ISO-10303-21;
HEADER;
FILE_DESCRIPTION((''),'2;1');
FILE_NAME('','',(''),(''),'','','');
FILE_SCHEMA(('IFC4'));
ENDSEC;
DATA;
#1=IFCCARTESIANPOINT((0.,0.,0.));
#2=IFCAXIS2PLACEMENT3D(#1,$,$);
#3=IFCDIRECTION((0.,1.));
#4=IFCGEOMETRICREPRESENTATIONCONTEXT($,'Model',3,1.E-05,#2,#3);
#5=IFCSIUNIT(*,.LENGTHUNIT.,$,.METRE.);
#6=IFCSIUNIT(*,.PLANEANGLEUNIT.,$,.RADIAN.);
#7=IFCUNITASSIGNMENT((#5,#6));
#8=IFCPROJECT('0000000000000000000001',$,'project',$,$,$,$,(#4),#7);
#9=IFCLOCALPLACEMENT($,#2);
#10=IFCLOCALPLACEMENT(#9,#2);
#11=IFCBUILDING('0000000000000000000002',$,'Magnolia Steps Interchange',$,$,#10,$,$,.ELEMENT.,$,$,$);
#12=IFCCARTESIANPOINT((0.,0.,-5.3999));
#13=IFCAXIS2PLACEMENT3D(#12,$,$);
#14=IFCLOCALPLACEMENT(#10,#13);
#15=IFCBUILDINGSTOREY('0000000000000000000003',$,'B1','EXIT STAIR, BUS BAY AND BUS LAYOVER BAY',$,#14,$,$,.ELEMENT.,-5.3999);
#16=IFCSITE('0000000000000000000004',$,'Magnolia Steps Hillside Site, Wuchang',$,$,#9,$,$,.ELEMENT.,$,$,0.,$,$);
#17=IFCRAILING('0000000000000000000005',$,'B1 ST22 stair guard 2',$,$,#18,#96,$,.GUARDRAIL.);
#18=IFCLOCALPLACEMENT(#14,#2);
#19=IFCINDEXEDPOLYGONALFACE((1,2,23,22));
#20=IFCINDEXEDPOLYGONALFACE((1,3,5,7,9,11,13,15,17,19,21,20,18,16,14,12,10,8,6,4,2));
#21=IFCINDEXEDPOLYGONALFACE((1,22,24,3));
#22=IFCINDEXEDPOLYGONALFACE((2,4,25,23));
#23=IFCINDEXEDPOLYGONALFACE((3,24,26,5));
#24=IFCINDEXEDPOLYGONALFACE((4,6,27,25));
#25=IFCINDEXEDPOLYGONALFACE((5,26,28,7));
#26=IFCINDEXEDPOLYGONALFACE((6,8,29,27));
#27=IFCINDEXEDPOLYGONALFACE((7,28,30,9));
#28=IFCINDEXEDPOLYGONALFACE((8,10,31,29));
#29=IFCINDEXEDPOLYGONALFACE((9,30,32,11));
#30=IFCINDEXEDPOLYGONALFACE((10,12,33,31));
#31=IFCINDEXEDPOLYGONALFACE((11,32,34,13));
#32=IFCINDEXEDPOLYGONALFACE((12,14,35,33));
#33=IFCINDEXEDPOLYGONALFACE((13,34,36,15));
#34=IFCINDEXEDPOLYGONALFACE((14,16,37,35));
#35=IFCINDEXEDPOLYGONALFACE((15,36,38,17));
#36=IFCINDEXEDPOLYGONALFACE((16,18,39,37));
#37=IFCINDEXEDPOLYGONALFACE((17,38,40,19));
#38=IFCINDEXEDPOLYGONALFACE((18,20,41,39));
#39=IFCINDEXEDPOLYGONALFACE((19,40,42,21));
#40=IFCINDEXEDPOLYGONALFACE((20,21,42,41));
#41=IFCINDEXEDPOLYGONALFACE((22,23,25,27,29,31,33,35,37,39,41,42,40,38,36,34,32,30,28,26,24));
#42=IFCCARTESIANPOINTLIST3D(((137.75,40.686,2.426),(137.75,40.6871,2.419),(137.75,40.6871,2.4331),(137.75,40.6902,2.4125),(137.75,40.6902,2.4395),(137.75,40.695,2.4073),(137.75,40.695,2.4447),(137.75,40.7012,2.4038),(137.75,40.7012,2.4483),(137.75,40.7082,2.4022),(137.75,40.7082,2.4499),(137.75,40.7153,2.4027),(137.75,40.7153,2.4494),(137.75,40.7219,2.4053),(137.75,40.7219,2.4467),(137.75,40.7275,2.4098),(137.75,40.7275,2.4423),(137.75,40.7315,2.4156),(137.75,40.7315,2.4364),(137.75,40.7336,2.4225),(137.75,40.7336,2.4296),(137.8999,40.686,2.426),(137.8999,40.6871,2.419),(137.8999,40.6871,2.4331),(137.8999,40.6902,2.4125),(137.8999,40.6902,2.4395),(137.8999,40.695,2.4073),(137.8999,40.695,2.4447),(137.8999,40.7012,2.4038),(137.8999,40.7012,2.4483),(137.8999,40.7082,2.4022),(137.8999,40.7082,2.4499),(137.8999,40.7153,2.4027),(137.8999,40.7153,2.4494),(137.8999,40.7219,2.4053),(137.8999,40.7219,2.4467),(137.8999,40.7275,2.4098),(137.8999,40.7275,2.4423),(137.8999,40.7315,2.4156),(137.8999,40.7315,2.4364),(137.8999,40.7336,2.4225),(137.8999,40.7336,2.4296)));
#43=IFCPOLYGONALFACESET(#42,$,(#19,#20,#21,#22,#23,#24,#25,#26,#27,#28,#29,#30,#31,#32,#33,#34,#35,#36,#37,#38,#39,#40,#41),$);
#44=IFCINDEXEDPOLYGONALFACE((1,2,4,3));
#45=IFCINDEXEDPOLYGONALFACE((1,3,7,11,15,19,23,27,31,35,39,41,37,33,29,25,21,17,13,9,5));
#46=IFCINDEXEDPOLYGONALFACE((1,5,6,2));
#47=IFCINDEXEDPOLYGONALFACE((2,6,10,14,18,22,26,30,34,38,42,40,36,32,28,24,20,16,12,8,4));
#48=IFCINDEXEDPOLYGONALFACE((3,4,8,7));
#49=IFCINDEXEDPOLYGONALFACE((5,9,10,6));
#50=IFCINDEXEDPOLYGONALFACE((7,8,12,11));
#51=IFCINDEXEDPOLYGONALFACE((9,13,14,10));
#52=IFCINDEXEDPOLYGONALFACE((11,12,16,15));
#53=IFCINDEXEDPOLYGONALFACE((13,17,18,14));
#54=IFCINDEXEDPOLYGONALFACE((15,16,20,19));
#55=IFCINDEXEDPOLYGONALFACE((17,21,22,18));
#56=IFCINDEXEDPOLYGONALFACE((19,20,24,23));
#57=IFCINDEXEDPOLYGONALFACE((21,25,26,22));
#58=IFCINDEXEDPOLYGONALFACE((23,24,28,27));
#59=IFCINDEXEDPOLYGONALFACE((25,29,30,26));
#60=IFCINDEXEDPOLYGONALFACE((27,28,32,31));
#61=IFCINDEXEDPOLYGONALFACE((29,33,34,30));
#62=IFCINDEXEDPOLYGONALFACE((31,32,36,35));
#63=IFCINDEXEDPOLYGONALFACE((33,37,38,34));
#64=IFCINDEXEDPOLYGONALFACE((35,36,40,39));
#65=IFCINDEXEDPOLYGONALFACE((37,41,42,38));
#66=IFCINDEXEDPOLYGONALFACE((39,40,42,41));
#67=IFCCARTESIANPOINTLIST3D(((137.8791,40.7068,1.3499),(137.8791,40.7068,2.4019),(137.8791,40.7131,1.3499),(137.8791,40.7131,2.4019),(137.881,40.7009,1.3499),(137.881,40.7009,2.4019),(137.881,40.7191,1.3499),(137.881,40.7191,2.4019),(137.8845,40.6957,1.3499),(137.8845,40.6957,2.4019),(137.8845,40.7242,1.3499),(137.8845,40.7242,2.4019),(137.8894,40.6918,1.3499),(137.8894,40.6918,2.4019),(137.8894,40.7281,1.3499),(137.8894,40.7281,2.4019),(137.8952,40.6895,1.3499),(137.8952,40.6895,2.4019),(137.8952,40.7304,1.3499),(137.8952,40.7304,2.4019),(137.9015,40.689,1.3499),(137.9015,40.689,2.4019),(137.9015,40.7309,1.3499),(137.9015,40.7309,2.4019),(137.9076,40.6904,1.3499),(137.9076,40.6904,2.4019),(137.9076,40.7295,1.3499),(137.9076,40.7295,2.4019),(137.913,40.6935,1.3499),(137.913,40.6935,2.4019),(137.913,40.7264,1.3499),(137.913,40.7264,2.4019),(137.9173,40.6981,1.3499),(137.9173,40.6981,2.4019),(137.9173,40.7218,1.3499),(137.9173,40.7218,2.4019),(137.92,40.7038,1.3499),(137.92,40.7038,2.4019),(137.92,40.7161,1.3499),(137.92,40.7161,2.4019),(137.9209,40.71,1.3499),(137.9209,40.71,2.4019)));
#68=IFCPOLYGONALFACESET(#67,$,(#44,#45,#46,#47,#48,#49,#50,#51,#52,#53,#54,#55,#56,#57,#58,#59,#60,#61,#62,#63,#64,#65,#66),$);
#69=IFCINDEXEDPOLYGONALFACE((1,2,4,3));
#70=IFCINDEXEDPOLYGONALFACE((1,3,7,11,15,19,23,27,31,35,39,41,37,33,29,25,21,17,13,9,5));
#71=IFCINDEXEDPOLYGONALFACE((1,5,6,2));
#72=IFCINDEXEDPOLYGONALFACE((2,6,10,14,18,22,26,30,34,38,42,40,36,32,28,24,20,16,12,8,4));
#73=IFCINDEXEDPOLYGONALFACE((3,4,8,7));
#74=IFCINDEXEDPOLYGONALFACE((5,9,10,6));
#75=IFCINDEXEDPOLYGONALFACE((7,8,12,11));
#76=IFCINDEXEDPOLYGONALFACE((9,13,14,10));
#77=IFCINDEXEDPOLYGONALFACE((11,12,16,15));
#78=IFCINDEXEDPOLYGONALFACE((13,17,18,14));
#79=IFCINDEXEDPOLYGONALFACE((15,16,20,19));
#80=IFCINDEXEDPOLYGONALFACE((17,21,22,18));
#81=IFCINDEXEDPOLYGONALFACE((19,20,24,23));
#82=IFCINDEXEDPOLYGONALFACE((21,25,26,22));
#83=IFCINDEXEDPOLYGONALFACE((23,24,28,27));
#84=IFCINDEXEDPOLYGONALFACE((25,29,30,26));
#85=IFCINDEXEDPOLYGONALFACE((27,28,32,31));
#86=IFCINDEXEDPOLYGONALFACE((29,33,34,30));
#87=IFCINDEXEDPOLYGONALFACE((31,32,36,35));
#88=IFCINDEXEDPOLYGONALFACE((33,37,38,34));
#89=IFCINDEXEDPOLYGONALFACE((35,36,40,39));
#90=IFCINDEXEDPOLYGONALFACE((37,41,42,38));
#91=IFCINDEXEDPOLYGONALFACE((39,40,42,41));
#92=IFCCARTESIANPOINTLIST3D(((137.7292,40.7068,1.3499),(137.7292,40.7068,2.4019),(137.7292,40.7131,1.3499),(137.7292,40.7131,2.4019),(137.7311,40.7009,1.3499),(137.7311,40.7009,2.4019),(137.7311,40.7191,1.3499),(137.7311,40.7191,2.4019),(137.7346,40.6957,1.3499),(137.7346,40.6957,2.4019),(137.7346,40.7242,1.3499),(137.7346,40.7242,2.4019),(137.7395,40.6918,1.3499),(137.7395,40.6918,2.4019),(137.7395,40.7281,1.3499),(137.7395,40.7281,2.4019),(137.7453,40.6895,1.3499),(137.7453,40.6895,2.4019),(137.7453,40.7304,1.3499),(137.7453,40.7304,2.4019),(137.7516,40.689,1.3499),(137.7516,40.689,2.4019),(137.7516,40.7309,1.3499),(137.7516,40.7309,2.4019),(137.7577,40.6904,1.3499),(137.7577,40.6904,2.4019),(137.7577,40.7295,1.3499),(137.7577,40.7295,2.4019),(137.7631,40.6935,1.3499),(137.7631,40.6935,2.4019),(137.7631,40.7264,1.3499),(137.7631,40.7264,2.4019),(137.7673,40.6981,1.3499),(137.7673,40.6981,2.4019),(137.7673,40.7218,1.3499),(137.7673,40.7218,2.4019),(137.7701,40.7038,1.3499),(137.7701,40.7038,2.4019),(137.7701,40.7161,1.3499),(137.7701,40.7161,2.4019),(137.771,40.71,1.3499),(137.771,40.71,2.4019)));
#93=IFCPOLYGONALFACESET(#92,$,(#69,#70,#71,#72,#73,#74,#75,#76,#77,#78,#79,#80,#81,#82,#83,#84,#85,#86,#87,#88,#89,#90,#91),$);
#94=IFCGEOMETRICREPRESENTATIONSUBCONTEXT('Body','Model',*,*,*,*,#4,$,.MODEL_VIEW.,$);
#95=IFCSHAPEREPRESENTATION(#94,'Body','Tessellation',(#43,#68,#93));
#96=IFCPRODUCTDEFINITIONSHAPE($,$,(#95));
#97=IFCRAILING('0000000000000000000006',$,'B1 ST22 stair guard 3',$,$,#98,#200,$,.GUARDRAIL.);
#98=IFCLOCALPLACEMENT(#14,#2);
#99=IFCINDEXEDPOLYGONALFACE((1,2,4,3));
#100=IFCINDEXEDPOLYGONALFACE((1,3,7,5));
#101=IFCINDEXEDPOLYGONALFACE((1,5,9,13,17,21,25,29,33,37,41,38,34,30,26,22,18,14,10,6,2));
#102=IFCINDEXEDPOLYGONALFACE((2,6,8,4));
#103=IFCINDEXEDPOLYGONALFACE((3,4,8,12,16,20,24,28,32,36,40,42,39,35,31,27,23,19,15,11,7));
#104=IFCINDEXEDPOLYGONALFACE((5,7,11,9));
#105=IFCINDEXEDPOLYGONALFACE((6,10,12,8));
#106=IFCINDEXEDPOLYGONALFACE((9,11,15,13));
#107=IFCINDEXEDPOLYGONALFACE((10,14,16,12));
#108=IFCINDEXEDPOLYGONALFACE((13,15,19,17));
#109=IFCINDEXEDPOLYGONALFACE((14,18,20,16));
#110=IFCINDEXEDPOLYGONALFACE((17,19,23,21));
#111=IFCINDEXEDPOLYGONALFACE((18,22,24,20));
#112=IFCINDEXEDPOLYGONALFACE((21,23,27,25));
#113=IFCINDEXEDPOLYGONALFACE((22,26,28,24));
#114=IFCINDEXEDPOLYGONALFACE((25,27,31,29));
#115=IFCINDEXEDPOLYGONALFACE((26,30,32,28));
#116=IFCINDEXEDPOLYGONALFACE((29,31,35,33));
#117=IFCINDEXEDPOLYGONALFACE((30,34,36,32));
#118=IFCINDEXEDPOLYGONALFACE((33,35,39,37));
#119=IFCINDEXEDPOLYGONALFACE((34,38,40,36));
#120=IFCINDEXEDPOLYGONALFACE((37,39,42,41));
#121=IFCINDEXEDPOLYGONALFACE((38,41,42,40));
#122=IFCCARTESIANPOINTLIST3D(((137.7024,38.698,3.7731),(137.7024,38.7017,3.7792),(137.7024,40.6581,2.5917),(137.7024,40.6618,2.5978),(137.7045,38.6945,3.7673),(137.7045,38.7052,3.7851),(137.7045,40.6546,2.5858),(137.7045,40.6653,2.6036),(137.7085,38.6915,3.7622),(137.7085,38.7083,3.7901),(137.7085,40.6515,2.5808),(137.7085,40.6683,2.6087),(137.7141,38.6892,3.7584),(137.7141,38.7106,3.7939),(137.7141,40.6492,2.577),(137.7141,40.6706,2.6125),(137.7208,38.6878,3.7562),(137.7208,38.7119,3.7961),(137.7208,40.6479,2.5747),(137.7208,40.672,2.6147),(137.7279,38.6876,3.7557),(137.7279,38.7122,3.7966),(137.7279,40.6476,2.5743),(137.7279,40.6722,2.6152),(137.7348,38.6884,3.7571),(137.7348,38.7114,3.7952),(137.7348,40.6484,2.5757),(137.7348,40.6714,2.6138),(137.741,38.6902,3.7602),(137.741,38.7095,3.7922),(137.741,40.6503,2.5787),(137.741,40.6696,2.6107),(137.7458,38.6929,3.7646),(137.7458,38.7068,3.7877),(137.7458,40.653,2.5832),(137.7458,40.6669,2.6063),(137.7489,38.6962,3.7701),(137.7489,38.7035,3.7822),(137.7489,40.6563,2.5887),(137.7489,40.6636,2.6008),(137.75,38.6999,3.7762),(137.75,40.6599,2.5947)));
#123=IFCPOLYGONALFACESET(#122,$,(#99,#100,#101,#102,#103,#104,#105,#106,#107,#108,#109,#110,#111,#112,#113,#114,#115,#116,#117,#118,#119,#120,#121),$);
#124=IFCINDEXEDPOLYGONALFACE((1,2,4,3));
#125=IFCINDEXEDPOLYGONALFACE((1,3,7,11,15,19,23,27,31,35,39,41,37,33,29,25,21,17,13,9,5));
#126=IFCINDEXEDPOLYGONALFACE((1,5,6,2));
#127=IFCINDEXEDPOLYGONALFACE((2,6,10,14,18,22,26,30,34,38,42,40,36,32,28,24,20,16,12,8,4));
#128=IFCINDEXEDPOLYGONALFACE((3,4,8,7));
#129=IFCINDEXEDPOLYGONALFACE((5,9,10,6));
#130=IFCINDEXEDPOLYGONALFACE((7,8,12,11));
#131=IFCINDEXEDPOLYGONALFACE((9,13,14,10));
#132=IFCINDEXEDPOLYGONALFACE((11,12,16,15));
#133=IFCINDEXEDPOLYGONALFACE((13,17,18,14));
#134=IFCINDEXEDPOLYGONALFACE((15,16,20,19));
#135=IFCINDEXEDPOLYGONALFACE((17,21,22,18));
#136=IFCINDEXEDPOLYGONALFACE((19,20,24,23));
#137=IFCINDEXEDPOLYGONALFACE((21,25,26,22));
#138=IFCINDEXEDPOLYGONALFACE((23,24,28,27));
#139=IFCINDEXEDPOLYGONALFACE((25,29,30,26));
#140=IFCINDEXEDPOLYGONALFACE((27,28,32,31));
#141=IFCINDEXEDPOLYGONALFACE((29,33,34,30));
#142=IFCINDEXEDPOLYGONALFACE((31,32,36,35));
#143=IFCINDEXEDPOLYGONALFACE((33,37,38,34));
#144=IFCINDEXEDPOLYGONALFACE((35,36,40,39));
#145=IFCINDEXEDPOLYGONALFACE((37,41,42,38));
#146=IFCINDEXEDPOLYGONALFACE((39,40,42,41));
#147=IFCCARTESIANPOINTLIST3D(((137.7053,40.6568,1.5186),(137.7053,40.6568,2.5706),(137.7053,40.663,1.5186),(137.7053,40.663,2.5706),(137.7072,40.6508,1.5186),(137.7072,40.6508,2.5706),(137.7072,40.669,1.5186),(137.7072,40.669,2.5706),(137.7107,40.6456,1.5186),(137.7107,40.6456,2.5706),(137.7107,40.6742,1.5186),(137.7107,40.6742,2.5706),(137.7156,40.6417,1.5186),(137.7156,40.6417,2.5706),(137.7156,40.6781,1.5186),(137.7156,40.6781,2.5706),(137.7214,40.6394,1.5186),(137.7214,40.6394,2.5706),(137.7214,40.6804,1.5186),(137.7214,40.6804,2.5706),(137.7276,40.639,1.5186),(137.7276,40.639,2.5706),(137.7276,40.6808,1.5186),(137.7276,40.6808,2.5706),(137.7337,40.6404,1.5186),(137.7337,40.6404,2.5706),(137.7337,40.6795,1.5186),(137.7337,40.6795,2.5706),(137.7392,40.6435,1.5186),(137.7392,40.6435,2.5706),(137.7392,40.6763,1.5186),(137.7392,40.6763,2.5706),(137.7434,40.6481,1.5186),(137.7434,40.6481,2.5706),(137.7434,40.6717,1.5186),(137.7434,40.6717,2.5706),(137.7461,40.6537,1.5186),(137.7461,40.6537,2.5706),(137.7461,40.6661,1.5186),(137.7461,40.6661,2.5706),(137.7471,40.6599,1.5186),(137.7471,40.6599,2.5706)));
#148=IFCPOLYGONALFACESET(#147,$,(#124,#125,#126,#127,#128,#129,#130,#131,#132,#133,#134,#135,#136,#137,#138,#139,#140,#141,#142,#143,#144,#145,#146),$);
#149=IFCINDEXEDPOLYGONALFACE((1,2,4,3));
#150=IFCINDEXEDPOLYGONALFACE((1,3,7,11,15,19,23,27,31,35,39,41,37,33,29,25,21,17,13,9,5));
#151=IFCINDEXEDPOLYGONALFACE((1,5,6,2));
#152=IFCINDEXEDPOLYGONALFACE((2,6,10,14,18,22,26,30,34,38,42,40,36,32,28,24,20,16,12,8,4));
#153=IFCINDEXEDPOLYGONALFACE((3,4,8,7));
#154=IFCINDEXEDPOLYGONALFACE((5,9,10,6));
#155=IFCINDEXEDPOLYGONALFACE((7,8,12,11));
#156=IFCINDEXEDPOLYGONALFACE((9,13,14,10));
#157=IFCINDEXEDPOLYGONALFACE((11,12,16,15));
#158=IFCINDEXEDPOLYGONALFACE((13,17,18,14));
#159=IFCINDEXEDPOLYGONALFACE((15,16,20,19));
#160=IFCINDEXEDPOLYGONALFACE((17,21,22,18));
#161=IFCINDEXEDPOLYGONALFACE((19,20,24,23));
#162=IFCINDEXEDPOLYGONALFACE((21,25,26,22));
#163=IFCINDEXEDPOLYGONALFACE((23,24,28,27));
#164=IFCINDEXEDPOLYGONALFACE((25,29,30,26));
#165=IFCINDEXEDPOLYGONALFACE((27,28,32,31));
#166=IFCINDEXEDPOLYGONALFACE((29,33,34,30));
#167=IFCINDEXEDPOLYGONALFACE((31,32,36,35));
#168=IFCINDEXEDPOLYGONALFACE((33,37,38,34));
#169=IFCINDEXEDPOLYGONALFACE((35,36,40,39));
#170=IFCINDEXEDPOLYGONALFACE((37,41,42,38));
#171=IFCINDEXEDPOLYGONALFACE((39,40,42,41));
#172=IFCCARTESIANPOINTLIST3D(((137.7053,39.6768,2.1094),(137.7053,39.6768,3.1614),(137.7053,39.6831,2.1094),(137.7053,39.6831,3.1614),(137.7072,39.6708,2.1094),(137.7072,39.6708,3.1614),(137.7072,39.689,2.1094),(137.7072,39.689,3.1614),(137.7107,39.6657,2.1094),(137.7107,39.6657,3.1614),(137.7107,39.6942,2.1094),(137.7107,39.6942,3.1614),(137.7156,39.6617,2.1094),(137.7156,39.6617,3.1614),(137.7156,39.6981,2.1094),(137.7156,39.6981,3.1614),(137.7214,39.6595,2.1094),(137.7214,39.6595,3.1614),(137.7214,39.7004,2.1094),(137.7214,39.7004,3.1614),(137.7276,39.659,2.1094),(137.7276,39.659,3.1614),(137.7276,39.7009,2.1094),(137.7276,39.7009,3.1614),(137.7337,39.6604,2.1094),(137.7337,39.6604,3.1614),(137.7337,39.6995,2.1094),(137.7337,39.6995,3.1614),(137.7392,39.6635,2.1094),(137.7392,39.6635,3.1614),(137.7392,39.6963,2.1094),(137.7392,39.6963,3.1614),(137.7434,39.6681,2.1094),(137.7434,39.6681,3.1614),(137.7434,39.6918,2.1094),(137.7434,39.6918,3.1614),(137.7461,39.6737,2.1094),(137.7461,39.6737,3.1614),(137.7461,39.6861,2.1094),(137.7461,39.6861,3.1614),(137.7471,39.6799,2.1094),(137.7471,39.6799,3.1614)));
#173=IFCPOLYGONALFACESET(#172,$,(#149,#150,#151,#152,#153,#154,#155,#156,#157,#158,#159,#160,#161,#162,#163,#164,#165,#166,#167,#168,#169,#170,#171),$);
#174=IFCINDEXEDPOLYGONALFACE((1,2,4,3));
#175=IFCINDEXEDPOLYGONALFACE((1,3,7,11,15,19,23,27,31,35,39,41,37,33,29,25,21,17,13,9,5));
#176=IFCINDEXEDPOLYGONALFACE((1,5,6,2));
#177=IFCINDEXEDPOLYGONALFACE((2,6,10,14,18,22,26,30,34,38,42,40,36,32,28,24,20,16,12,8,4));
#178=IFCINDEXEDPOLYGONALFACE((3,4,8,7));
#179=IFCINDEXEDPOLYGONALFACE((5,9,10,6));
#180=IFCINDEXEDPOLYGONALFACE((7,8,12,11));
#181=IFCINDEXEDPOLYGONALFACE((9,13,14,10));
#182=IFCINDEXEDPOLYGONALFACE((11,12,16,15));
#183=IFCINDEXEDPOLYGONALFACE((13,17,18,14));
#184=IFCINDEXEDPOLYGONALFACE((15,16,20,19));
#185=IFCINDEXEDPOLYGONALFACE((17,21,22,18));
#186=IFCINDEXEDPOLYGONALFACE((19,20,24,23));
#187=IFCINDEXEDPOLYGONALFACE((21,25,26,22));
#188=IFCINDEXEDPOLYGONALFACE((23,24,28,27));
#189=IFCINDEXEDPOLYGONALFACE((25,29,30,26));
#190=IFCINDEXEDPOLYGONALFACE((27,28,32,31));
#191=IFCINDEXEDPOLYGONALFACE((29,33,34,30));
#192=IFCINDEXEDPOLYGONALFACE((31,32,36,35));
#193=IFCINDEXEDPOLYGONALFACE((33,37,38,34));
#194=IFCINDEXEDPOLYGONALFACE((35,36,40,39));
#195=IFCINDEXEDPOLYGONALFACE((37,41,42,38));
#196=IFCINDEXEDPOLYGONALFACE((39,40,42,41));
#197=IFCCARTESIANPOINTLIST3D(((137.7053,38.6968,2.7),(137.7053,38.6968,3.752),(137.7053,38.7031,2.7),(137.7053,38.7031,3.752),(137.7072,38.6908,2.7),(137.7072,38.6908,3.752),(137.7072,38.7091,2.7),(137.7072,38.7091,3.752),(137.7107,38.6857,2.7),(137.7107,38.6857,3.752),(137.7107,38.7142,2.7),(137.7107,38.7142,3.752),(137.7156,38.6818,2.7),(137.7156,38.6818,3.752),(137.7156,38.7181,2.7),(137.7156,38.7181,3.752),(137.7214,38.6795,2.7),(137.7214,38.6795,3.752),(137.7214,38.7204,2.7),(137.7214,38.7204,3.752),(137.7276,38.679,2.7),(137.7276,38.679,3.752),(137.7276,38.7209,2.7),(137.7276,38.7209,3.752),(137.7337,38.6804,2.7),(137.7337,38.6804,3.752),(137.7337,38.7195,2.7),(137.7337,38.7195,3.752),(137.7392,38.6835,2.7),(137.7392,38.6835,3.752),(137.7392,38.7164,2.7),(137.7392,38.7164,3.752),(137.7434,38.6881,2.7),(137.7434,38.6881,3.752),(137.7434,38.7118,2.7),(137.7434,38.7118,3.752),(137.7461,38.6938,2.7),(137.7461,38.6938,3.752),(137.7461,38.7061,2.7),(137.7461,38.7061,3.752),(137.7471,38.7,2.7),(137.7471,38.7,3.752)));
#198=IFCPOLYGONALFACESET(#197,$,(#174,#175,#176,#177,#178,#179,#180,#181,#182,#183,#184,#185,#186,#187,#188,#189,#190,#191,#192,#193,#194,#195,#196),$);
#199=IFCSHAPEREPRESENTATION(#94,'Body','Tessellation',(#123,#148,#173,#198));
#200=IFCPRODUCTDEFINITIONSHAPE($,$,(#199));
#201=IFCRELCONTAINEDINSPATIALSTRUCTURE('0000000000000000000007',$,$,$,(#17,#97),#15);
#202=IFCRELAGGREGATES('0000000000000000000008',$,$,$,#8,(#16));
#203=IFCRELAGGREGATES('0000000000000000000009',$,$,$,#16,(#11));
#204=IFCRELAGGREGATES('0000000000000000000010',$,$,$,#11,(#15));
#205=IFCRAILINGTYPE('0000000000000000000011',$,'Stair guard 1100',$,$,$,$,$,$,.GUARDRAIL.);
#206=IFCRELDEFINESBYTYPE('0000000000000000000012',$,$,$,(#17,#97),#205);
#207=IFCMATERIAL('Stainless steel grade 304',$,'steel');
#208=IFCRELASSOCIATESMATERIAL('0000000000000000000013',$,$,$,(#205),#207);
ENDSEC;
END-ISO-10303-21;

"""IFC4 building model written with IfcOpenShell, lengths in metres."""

from ifc_helpers import new_model, si_unit, direction, frame, origin, origin_2d, place, context, subcontext, project, spatial, circle, extrude, material, type_object, element, save


model = new_model("IFC4")

# Units and contexts
model_context = context("Model", 3, precision=1e-05, world=origin(), true_north=direction((0.0, 1.0)))
body_context = subcontext(model_context, "Body", "Model", "MODEL_VIEW")
ifc_project = project(units=[si_unit("LENGTHUNIT", "METRE"), si_unit("PLANEANGLEUNIT", "RADIAN")], contexts=[model_context])

# Site, building, storey
site_placement = place(None, origin())
site = spatial("IfcSite", under=ifc_project, at=site_placement, Name="Magnolia Steps Hillside Site, Wuchang", CompositionType="ELEMENT", RefElevation=0.0)
building_placement = place(site_placement, origin())
building = spatial("IfcBuilding", under=site, at=building_placement, Name="Magnolia Steps Interchange", CompositionType="ELEMENT")
storey_placement = place(building_placement, frame((0.0, 0.0, -5.3999)))
storey = spatial("IfcBuildingStorey", under=building, at=storey_placement, Name="B1", Description="EXIT STAIR, BUS BAY AND BUS LAYOVER BAY", CompositionType="ELEMENT", Elevation=-5.3999)

# Railings
ifc_material_1 = material(Name="Stainless steel grade 304", Category="steel")
railing_type_1 = type_object("IfcRailingType", Name="Stair guard 1100", PredefinedType="GUARDRAIL", material=ifc_material_1)
railing_1_placement = place(storey_placement, frame((137.8999, 40.71, 1.3499)))
element("IfcRailing", 1, at=railing_1_placement, inside=storey, type_object=railing_type_1, Name="B1 ST22 stair guard 2", PredefinedType="GUARDRAIL", context=body_context, shape_type="SweptSolid", body=[
    extrude(circle(Radius=0.0239, at=origin_2d()), frame((0.0, 0.0, 1.0762), z_axis=(-1.0, 0.0, 0.0), x_axis=(0.0, -1.0, 0.0)), (0.0, 0.0, 1.0), 0.1499),
    extrude(circle(Radius=0.021, at=origin_2d()), origin(), (0.0, 0.0, 1.0), 1.052),
    extrude(circle(Radius=0.021, at=origin_2d()), frame((-0.1499, 0.0, 0.0)), (0.0, 0.0, 1.0), 1.052),
])
railing_2_placement = place(storey_placement, frame((137.7261, 40.6599, 1.5186)))
element("IfcRailing", 2, at=railing_2_placement, inside=storey, type_object=railing_type_1, Name="B1 ST22 stair guard 3", PredefinedType="GUARDRAIL", context=body_context, shape_type="SweptSolid", body=[
    extrude(circle(Radius=0.0239, at=origin_2d()), frame((0.0, 0.0, 1.0762), z_axis=(0.0, -0.856446, 0.516236), x_axis=(1.0, 0.0, 0.0)), (0.0, 0.0, 1.0), 2.2886),
    extrude(circle(Radius=0.021, at=origin_2d()), origin(), (0.0, 0.0, 1.0), 1.052),
    extrude(circle(Radius=0.021, at=origin_2d()), frame((0.0, -0.98, 0.5908)), (0.0, 0.0, 1.0), 1.052),
    extrude(circle(Radius=0.021, at=origin_2d()), frame((0.0, -1.96, 1.1814)), (0.0, 0.0, 1.0), 1.052),
])

save(model, "model.ifc")
